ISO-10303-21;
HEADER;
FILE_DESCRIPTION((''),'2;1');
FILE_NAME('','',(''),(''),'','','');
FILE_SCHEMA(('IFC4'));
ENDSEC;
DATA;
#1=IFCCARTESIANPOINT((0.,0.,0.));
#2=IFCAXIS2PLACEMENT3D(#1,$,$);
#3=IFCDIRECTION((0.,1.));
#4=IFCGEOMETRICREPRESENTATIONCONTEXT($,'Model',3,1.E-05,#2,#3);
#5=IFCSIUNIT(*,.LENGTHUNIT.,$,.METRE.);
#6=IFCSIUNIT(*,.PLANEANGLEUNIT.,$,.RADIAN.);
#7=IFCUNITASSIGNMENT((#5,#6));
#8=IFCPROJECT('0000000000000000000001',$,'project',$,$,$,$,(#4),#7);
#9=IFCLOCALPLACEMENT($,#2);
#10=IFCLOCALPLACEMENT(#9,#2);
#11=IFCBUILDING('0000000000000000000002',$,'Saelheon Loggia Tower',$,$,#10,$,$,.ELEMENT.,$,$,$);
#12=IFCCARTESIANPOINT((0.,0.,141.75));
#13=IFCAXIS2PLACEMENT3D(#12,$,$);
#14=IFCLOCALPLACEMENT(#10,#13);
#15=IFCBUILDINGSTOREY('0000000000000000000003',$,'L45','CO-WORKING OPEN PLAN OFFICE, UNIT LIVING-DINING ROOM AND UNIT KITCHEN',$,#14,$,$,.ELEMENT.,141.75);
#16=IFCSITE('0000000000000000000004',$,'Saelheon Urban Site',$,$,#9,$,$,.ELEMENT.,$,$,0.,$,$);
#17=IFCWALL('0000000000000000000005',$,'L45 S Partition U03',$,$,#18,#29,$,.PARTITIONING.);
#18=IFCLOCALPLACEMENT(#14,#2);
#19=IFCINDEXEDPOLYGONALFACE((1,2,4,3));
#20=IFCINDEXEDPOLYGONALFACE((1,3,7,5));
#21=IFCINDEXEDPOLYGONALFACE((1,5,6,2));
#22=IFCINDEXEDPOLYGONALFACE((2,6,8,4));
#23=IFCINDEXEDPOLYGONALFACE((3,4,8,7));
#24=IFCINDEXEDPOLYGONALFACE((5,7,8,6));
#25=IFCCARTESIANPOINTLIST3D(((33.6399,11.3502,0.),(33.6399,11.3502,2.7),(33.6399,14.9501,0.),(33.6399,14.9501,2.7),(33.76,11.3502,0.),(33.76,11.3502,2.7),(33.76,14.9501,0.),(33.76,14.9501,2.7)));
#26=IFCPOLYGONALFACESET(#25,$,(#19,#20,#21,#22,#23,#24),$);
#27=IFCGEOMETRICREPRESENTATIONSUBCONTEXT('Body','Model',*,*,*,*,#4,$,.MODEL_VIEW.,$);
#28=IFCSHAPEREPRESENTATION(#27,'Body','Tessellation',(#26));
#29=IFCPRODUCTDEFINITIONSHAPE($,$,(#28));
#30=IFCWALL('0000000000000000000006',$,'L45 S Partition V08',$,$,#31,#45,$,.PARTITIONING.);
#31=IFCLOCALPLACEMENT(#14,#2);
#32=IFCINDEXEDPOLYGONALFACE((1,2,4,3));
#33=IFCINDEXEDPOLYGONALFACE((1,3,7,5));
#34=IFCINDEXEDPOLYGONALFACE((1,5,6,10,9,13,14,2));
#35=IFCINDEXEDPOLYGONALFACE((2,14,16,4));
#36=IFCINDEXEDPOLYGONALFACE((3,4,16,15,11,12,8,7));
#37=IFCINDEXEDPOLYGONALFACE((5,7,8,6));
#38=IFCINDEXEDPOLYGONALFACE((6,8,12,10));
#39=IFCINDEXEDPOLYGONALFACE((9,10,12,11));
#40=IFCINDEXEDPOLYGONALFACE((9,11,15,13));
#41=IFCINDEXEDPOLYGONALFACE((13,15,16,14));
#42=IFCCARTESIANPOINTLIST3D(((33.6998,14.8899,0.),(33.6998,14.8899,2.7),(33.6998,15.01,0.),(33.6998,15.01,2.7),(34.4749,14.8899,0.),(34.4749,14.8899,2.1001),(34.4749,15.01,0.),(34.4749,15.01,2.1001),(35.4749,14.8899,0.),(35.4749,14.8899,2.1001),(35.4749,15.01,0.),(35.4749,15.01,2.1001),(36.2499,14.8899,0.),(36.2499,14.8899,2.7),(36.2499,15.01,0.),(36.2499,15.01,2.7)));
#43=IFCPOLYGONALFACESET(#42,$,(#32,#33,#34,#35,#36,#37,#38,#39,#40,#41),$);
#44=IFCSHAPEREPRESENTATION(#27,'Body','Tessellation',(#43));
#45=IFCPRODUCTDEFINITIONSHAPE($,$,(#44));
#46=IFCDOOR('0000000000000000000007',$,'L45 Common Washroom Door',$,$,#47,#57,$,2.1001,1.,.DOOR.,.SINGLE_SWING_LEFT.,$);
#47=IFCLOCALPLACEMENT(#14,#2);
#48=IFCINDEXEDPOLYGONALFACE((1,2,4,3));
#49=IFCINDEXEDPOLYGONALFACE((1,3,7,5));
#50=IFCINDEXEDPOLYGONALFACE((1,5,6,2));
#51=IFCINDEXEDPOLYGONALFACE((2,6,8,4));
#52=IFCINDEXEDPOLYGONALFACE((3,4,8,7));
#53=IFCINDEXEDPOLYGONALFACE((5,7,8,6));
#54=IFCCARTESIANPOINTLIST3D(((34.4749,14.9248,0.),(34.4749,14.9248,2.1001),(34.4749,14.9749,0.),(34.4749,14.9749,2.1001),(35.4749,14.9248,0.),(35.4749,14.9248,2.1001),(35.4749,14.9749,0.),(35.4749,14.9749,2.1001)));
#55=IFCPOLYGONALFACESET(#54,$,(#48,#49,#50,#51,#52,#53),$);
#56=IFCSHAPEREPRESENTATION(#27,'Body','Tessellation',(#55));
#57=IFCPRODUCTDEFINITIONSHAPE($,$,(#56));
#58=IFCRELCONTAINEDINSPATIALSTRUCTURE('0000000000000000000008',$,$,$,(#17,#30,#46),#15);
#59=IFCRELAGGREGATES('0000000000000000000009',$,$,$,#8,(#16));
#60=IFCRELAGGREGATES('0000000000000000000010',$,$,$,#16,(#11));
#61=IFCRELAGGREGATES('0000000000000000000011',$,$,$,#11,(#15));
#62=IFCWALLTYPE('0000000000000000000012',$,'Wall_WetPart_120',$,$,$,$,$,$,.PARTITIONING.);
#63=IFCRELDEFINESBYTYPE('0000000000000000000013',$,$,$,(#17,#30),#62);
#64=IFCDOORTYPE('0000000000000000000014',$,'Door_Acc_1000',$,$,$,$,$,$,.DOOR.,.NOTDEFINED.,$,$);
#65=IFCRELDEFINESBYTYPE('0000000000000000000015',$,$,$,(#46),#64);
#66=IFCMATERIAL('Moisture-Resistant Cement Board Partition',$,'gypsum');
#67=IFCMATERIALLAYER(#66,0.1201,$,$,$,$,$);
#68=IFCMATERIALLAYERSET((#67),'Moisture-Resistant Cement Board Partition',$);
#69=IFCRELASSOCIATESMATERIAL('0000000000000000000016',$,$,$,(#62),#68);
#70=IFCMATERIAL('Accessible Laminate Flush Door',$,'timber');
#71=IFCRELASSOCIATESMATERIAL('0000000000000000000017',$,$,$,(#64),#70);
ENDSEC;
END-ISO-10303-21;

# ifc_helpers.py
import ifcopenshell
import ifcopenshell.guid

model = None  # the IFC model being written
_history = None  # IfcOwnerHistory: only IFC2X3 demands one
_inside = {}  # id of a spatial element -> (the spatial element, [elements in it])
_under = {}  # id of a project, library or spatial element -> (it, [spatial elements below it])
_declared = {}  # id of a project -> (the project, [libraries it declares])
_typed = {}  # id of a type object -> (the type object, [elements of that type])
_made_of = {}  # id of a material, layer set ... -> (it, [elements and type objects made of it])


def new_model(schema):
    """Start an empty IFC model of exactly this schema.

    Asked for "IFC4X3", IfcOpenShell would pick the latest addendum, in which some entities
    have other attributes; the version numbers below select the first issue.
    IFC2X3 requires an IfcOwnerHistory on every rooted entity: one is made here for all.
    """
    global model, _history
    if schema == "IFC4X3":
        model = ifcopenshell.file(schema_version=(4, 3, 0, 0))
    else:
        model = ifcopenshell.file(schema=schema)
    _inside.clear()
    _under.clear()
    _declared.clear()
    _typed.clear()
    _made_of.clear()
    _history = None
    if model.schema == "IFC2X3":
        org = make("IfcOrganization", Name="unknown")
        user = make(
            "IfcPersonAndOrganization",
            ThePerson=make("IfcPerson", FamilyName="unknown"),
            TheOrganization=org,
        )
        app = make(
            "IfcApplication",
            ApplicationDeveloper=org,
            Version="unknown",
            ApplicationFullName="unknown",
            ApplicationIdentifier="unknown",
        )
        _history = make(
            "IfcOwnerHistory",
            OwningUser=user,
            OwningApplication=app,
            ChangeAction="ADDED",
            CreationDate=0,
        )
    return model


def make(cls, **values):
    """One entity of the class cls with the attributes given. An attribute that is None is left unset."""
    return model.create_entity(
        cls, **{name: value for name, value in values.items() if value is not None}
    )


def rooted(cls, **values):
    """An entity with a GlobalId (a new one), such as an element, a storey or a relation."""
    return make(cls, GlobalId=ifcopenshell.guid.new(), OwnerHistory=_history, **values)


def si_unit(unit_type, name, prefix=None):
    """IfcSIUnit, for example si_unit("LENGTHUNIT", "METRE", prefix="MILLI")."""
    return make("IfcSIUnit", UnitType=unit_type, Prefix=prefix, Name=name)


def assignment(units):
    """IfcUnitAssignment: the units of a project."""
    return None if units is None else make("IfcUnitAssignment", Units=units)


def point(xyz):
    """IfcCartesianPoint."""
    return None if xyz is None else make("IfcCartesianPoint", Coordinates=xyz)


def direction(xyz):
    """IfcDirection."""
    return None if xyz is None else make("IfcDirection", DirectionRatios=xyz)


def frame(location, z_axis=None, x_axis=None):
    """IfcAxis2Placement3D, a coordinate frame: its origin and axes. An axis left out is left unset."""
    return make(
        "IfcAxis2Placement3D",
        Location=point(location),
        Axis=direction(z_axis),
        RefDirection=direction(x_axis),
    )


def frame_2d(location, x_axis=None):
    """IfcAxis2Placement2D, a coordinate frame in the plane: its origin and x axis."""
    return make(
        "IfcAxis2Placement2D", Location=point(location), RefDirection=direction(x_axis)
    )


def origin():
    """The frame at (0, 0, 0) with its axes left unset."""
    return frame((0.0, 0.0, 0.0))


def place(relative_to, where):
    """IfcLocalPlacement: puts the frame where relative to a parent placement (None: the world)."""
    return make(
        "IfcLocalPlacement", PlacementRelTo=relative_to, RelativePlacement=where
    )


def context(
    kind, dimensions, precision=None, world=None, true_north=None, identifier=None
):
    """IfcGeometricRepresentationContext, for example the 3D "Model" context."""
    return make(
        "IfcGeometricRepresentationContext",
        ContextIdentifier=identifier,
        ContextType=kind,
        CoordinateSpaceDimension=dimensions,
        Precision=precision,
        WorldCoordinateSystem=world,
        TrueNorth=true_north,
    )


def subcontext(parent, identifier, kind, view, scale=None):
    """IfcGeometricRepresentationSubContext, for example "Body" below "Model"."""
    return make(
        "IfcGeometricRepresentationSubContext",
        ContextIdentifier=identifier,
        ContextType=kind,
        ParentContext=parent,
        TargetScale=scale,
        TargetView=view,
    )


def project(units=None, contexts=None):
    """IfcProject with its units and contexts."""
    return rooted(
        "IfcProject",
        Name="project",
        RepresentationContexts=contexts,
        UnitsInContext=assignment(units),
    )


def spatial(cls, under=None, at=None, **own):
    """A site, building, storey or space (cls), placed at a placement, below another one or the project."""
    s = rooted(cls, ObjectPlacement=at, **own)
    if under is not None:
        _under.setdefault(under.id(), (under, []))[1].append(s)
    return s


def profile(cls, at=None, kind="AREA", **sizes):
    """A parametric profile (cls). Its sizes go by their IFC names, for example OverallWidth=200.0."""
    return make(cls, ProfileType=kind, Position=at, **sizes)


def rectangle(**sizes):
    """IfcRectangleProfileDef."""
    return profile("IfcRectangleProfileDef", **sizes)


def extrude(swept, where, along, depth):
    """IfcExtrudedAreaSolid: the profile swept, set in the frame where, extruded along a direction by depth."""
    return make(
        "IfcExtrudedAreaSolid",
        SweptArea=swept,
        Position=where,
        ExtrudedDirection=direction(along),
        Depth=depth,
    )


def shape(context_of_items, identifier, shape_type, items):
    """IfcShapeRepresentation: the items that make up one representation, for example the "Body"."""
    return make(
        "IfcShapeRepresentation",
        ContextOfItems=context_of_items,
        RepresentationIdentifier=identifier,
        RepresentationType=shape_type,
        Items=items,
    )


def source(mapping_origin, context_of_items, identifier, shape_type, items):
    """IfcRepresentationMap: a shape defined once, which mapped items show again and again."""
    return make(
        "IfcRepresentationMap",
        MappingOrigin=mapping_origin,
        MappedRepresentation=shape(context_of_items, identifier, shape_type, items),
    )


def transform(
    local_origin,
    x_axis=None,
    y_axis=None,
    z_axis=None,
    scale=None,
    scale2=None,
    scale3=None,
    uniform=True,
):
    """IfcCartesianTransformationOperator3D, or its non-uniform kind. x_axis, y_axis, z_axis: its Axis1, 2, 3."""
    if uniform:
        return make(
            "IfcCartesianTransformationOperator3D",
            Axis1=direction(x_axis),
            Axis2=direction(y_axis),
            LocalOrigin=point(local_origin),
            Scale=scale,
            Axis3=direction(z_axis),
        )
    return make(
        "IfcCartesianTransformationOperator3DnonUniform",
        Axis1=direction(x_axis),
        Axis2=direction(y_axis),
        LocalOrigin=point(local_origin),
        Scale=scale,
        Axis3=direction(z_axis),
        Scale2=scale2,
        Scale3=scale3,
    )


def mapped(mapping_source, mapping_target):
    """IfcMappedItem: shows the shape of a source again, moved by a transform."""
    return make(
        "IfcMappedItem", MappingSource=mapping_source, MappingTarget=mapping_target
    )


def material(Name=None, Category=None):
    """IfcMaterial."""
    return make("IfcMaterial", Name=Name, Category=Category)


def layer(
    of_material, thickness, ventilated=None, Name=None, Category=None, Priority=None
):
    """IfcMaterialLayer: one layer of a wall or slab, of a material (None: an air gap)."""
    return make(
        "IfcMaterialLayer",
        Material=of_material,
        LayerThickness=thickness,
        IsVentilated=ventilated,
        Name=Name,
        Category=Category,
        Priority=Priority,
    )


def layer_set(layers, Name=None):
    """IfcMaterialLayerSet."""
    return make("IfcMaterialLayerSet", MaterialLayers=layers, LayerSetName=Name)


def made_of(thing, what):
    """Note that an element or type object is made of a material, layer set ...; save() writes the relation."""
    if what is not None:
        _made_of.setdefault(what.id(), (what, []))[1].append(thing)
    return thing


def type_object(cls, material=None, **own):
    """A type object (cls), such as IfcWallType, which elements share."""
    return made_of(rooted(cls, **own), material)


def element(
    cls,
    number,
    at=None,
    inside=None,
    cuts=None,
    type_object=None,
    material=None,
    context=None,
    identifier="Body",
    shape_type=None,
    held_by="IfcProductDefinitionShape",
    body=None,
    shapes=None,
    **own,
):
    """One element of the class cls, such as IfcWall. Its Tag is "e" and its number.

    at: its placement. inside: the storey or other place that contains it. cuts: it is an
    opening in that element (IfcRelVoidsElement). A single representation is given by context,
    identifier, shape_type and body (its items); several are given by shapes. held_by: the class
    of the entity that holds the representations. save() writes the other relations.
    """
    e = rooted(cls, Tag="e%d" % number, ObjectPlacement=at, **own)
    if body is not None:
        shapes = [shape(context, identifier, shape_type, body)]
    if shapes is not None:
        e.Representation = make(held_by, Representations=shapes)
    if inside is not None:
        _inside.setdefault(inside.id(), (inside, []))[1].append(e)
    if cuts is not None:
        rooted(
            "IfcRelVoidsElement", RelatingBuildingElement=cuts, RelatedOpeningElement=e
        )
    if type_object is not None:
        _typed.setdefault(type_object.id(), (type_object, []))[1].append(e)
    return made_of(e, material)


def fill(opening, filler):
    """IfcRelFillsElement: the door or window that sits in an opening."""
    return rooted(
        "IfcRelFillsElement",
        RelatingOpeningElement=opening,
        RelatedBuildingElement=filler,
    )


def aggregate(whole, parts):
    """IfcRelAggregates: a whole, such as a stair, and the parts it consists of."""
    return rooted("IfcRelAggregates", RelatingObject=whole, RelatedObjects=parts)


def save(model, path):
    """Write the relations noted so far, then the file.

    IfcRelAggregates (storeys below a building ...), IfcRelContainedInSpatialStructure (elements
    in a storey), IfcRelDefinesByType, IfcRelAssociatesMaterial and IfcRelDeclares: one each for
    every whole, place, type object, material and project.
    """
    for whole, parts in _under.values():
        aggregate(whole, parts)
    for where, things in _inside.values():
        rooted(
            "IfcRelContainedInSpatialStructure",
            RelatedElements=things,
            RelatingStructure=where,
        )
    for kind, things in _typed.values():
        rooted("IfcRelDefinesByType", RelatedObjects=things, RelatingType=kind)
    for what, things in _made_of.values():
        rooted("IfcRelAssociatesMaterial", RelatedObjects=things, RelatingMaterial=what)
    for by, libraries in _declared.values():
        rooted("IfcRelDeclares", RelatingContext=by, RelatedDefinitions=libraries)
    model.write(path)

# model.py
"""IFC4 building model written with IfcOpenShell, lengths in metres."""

from ifc_helpers import new_model, si_unit, direction, frame, frame_2d, origin, place, context, subcontext, project, spatial, rectangle, extrude, source, transform, mapped, material, layer, layer_set, type_object, element, fill, save


model = new_model("IFC4")

# Units and contexts
model_context = context("Model", 3, precision=1e-05, world=origin(), true_north=direction((0.0, 1.0)))
body_context = subcontext(model_context, "Body", "Model", "MODEL_VIEW")
ifc_project = project(units=[si_unit("LENGTHUNIT", "METRE"), si_unit("PLANEANGLEUNIT", "RADIAN")], contexts=[model_context])

# Site, building, storey
site_placement = place(None, origin())
site = spatial("IfcSite", under=ifc_project, at=site_placement, Name="Saelheon Urban Site", CompositionType="ELEMENT", RefElevation=0.0)
building_placement = place(site_placement, origin())
building = spatial("IfcBuilding", under=site, at=building_placement, Name="Saelheon Loggia Tower", CompositionType="ELEMENT")
storey_placement = place(building_placement, frame((0.0, 0.0, 141.75)))
storey = spatial("IfcBuildingStorey", under=building, at=storey_placement, Name="L45", Description="CO-WORKING OPEN PLAN OFFICE, UNIT LIVING-DINING ROOM AND UNIT KITCHEN", CompositionType="ELEMENT", Elevation=141.75)

# Wall
ifc_material_1 = material(Name="Moisture-Resistant Cement Board Partition", Category="gypsum")
ifc_layer_1 = layer(ifc_material_1, 0.1201)
ifc_layer_set_1 = layer_set([ifc_layer_1], Name="Moisture-Resistant Cement Board Partition")
wall_type_1 = type_object("IfcWallType", Name="Wall_WetPart_120", PredefinedType="PARTITIONING", material=ifc_layer_set_1)
wall_1_placement = place(storey_placement, frame((33.7, 14.95, 0.0), z_axis=(0.0, 0.0, 1.0), x_axis=(0.0, -1.0, 0.0)))
element("IfcWall", 1, at=wall_1_placement, inside=storey, type_object=wall_type_1, Name="L45 S Partition U03", PredefinedType="PARTITIONING", context=body_context, shape_type="SweptSolid", body=[
    extrude(rectangle(XDim=3.5999, YDim=0.1201, at=frame_2d((1.7998, 0.0))), origin(), (0.0, 0.0, 1.0), 2.7),
])

# Wall, opening, door
wall_2_placement = place(storey_placement, frame((33.7, 14.95, 0.0), z_axis=(0.0, 0.0, 1.0), x_axis=(1.0, 0.0, 0.0)))
wall_2 = element("IfcWall", 2, at=wall_2_placement, inside=storey, type_object=wall_type_1, Name="L45 S Partition V08", PredefinedType="PARTITIONING", context=body_context, shape_type="SweptSolid", body=[
    extrude(rectangle(XDim=2.55, YDim=0.1201, at=frame_2d((1.2749, 0.0))), origin(), (0.0, 0.0, 1.0), 2.7),
])
opening_1_placement = place(wall_2_placement, frame((0.7749, 0.0, 0.0)))
opening_1 = element("IfcOpeningElement", 3, at=opening_1_placement, cuts=wall_2, PredefinedType="OPENING", context=body_context, shape_type="SweptSolid", body=[
    extrude(rectangle(XDim=1.0, YDim=2.1001, at=frame_2d((0.5, 1.05))), frame((0.0, 0.072, 0.0), z_axis=(0.0, -1.0, 0.0), x_axis=(1.0, 0.0, 0.0)), (0.0, 0.0, 1.0), 0.144),
])
ifc_material_2 = material(Name="Accessible Laminate Flush Door", Category="timber")
door_type_1 = type_object("IfcDoorType", Name="Door_Acc_1000", OperationType="NOTDEFINED", PredefinedType="DOOR", material=ifc_material_2)
shared_shape_1 = source(origin(), body_context, "Body", "SweptSolid", [
    extrude(rectangle(XDim=1.0, YDim=2.1001, at=frame_2d((0.5, 1.05))), frame((0.0, 0.0249, 0.0), z_axis=(0.0, -1.0, 0.0), x_axis=(1.0, 0.0, 0.0)), (0.0, 0.0, 1.0), 0.05),
])
door_1_placement = place(opening_1_placement, origin())
door_1 = element("IfcDoor", 4, at=door_1_placement, inside=storey, type_object=door_type_1, Name="L45 Common Washroom Door", OperationType="SINGLE_SWING_LEFT", OverallHeight=2.1001, OverallWidth=1.0, PredefinedType="DOOR", context=body_context, shape_type="MappedRepresentation", body=[
    mapped(shared_shape_1, transform((0.0, 0.0, 0.0), scale=1.0)),
])
fill(opening_1, door_1)

save(model, "model.ifc")
